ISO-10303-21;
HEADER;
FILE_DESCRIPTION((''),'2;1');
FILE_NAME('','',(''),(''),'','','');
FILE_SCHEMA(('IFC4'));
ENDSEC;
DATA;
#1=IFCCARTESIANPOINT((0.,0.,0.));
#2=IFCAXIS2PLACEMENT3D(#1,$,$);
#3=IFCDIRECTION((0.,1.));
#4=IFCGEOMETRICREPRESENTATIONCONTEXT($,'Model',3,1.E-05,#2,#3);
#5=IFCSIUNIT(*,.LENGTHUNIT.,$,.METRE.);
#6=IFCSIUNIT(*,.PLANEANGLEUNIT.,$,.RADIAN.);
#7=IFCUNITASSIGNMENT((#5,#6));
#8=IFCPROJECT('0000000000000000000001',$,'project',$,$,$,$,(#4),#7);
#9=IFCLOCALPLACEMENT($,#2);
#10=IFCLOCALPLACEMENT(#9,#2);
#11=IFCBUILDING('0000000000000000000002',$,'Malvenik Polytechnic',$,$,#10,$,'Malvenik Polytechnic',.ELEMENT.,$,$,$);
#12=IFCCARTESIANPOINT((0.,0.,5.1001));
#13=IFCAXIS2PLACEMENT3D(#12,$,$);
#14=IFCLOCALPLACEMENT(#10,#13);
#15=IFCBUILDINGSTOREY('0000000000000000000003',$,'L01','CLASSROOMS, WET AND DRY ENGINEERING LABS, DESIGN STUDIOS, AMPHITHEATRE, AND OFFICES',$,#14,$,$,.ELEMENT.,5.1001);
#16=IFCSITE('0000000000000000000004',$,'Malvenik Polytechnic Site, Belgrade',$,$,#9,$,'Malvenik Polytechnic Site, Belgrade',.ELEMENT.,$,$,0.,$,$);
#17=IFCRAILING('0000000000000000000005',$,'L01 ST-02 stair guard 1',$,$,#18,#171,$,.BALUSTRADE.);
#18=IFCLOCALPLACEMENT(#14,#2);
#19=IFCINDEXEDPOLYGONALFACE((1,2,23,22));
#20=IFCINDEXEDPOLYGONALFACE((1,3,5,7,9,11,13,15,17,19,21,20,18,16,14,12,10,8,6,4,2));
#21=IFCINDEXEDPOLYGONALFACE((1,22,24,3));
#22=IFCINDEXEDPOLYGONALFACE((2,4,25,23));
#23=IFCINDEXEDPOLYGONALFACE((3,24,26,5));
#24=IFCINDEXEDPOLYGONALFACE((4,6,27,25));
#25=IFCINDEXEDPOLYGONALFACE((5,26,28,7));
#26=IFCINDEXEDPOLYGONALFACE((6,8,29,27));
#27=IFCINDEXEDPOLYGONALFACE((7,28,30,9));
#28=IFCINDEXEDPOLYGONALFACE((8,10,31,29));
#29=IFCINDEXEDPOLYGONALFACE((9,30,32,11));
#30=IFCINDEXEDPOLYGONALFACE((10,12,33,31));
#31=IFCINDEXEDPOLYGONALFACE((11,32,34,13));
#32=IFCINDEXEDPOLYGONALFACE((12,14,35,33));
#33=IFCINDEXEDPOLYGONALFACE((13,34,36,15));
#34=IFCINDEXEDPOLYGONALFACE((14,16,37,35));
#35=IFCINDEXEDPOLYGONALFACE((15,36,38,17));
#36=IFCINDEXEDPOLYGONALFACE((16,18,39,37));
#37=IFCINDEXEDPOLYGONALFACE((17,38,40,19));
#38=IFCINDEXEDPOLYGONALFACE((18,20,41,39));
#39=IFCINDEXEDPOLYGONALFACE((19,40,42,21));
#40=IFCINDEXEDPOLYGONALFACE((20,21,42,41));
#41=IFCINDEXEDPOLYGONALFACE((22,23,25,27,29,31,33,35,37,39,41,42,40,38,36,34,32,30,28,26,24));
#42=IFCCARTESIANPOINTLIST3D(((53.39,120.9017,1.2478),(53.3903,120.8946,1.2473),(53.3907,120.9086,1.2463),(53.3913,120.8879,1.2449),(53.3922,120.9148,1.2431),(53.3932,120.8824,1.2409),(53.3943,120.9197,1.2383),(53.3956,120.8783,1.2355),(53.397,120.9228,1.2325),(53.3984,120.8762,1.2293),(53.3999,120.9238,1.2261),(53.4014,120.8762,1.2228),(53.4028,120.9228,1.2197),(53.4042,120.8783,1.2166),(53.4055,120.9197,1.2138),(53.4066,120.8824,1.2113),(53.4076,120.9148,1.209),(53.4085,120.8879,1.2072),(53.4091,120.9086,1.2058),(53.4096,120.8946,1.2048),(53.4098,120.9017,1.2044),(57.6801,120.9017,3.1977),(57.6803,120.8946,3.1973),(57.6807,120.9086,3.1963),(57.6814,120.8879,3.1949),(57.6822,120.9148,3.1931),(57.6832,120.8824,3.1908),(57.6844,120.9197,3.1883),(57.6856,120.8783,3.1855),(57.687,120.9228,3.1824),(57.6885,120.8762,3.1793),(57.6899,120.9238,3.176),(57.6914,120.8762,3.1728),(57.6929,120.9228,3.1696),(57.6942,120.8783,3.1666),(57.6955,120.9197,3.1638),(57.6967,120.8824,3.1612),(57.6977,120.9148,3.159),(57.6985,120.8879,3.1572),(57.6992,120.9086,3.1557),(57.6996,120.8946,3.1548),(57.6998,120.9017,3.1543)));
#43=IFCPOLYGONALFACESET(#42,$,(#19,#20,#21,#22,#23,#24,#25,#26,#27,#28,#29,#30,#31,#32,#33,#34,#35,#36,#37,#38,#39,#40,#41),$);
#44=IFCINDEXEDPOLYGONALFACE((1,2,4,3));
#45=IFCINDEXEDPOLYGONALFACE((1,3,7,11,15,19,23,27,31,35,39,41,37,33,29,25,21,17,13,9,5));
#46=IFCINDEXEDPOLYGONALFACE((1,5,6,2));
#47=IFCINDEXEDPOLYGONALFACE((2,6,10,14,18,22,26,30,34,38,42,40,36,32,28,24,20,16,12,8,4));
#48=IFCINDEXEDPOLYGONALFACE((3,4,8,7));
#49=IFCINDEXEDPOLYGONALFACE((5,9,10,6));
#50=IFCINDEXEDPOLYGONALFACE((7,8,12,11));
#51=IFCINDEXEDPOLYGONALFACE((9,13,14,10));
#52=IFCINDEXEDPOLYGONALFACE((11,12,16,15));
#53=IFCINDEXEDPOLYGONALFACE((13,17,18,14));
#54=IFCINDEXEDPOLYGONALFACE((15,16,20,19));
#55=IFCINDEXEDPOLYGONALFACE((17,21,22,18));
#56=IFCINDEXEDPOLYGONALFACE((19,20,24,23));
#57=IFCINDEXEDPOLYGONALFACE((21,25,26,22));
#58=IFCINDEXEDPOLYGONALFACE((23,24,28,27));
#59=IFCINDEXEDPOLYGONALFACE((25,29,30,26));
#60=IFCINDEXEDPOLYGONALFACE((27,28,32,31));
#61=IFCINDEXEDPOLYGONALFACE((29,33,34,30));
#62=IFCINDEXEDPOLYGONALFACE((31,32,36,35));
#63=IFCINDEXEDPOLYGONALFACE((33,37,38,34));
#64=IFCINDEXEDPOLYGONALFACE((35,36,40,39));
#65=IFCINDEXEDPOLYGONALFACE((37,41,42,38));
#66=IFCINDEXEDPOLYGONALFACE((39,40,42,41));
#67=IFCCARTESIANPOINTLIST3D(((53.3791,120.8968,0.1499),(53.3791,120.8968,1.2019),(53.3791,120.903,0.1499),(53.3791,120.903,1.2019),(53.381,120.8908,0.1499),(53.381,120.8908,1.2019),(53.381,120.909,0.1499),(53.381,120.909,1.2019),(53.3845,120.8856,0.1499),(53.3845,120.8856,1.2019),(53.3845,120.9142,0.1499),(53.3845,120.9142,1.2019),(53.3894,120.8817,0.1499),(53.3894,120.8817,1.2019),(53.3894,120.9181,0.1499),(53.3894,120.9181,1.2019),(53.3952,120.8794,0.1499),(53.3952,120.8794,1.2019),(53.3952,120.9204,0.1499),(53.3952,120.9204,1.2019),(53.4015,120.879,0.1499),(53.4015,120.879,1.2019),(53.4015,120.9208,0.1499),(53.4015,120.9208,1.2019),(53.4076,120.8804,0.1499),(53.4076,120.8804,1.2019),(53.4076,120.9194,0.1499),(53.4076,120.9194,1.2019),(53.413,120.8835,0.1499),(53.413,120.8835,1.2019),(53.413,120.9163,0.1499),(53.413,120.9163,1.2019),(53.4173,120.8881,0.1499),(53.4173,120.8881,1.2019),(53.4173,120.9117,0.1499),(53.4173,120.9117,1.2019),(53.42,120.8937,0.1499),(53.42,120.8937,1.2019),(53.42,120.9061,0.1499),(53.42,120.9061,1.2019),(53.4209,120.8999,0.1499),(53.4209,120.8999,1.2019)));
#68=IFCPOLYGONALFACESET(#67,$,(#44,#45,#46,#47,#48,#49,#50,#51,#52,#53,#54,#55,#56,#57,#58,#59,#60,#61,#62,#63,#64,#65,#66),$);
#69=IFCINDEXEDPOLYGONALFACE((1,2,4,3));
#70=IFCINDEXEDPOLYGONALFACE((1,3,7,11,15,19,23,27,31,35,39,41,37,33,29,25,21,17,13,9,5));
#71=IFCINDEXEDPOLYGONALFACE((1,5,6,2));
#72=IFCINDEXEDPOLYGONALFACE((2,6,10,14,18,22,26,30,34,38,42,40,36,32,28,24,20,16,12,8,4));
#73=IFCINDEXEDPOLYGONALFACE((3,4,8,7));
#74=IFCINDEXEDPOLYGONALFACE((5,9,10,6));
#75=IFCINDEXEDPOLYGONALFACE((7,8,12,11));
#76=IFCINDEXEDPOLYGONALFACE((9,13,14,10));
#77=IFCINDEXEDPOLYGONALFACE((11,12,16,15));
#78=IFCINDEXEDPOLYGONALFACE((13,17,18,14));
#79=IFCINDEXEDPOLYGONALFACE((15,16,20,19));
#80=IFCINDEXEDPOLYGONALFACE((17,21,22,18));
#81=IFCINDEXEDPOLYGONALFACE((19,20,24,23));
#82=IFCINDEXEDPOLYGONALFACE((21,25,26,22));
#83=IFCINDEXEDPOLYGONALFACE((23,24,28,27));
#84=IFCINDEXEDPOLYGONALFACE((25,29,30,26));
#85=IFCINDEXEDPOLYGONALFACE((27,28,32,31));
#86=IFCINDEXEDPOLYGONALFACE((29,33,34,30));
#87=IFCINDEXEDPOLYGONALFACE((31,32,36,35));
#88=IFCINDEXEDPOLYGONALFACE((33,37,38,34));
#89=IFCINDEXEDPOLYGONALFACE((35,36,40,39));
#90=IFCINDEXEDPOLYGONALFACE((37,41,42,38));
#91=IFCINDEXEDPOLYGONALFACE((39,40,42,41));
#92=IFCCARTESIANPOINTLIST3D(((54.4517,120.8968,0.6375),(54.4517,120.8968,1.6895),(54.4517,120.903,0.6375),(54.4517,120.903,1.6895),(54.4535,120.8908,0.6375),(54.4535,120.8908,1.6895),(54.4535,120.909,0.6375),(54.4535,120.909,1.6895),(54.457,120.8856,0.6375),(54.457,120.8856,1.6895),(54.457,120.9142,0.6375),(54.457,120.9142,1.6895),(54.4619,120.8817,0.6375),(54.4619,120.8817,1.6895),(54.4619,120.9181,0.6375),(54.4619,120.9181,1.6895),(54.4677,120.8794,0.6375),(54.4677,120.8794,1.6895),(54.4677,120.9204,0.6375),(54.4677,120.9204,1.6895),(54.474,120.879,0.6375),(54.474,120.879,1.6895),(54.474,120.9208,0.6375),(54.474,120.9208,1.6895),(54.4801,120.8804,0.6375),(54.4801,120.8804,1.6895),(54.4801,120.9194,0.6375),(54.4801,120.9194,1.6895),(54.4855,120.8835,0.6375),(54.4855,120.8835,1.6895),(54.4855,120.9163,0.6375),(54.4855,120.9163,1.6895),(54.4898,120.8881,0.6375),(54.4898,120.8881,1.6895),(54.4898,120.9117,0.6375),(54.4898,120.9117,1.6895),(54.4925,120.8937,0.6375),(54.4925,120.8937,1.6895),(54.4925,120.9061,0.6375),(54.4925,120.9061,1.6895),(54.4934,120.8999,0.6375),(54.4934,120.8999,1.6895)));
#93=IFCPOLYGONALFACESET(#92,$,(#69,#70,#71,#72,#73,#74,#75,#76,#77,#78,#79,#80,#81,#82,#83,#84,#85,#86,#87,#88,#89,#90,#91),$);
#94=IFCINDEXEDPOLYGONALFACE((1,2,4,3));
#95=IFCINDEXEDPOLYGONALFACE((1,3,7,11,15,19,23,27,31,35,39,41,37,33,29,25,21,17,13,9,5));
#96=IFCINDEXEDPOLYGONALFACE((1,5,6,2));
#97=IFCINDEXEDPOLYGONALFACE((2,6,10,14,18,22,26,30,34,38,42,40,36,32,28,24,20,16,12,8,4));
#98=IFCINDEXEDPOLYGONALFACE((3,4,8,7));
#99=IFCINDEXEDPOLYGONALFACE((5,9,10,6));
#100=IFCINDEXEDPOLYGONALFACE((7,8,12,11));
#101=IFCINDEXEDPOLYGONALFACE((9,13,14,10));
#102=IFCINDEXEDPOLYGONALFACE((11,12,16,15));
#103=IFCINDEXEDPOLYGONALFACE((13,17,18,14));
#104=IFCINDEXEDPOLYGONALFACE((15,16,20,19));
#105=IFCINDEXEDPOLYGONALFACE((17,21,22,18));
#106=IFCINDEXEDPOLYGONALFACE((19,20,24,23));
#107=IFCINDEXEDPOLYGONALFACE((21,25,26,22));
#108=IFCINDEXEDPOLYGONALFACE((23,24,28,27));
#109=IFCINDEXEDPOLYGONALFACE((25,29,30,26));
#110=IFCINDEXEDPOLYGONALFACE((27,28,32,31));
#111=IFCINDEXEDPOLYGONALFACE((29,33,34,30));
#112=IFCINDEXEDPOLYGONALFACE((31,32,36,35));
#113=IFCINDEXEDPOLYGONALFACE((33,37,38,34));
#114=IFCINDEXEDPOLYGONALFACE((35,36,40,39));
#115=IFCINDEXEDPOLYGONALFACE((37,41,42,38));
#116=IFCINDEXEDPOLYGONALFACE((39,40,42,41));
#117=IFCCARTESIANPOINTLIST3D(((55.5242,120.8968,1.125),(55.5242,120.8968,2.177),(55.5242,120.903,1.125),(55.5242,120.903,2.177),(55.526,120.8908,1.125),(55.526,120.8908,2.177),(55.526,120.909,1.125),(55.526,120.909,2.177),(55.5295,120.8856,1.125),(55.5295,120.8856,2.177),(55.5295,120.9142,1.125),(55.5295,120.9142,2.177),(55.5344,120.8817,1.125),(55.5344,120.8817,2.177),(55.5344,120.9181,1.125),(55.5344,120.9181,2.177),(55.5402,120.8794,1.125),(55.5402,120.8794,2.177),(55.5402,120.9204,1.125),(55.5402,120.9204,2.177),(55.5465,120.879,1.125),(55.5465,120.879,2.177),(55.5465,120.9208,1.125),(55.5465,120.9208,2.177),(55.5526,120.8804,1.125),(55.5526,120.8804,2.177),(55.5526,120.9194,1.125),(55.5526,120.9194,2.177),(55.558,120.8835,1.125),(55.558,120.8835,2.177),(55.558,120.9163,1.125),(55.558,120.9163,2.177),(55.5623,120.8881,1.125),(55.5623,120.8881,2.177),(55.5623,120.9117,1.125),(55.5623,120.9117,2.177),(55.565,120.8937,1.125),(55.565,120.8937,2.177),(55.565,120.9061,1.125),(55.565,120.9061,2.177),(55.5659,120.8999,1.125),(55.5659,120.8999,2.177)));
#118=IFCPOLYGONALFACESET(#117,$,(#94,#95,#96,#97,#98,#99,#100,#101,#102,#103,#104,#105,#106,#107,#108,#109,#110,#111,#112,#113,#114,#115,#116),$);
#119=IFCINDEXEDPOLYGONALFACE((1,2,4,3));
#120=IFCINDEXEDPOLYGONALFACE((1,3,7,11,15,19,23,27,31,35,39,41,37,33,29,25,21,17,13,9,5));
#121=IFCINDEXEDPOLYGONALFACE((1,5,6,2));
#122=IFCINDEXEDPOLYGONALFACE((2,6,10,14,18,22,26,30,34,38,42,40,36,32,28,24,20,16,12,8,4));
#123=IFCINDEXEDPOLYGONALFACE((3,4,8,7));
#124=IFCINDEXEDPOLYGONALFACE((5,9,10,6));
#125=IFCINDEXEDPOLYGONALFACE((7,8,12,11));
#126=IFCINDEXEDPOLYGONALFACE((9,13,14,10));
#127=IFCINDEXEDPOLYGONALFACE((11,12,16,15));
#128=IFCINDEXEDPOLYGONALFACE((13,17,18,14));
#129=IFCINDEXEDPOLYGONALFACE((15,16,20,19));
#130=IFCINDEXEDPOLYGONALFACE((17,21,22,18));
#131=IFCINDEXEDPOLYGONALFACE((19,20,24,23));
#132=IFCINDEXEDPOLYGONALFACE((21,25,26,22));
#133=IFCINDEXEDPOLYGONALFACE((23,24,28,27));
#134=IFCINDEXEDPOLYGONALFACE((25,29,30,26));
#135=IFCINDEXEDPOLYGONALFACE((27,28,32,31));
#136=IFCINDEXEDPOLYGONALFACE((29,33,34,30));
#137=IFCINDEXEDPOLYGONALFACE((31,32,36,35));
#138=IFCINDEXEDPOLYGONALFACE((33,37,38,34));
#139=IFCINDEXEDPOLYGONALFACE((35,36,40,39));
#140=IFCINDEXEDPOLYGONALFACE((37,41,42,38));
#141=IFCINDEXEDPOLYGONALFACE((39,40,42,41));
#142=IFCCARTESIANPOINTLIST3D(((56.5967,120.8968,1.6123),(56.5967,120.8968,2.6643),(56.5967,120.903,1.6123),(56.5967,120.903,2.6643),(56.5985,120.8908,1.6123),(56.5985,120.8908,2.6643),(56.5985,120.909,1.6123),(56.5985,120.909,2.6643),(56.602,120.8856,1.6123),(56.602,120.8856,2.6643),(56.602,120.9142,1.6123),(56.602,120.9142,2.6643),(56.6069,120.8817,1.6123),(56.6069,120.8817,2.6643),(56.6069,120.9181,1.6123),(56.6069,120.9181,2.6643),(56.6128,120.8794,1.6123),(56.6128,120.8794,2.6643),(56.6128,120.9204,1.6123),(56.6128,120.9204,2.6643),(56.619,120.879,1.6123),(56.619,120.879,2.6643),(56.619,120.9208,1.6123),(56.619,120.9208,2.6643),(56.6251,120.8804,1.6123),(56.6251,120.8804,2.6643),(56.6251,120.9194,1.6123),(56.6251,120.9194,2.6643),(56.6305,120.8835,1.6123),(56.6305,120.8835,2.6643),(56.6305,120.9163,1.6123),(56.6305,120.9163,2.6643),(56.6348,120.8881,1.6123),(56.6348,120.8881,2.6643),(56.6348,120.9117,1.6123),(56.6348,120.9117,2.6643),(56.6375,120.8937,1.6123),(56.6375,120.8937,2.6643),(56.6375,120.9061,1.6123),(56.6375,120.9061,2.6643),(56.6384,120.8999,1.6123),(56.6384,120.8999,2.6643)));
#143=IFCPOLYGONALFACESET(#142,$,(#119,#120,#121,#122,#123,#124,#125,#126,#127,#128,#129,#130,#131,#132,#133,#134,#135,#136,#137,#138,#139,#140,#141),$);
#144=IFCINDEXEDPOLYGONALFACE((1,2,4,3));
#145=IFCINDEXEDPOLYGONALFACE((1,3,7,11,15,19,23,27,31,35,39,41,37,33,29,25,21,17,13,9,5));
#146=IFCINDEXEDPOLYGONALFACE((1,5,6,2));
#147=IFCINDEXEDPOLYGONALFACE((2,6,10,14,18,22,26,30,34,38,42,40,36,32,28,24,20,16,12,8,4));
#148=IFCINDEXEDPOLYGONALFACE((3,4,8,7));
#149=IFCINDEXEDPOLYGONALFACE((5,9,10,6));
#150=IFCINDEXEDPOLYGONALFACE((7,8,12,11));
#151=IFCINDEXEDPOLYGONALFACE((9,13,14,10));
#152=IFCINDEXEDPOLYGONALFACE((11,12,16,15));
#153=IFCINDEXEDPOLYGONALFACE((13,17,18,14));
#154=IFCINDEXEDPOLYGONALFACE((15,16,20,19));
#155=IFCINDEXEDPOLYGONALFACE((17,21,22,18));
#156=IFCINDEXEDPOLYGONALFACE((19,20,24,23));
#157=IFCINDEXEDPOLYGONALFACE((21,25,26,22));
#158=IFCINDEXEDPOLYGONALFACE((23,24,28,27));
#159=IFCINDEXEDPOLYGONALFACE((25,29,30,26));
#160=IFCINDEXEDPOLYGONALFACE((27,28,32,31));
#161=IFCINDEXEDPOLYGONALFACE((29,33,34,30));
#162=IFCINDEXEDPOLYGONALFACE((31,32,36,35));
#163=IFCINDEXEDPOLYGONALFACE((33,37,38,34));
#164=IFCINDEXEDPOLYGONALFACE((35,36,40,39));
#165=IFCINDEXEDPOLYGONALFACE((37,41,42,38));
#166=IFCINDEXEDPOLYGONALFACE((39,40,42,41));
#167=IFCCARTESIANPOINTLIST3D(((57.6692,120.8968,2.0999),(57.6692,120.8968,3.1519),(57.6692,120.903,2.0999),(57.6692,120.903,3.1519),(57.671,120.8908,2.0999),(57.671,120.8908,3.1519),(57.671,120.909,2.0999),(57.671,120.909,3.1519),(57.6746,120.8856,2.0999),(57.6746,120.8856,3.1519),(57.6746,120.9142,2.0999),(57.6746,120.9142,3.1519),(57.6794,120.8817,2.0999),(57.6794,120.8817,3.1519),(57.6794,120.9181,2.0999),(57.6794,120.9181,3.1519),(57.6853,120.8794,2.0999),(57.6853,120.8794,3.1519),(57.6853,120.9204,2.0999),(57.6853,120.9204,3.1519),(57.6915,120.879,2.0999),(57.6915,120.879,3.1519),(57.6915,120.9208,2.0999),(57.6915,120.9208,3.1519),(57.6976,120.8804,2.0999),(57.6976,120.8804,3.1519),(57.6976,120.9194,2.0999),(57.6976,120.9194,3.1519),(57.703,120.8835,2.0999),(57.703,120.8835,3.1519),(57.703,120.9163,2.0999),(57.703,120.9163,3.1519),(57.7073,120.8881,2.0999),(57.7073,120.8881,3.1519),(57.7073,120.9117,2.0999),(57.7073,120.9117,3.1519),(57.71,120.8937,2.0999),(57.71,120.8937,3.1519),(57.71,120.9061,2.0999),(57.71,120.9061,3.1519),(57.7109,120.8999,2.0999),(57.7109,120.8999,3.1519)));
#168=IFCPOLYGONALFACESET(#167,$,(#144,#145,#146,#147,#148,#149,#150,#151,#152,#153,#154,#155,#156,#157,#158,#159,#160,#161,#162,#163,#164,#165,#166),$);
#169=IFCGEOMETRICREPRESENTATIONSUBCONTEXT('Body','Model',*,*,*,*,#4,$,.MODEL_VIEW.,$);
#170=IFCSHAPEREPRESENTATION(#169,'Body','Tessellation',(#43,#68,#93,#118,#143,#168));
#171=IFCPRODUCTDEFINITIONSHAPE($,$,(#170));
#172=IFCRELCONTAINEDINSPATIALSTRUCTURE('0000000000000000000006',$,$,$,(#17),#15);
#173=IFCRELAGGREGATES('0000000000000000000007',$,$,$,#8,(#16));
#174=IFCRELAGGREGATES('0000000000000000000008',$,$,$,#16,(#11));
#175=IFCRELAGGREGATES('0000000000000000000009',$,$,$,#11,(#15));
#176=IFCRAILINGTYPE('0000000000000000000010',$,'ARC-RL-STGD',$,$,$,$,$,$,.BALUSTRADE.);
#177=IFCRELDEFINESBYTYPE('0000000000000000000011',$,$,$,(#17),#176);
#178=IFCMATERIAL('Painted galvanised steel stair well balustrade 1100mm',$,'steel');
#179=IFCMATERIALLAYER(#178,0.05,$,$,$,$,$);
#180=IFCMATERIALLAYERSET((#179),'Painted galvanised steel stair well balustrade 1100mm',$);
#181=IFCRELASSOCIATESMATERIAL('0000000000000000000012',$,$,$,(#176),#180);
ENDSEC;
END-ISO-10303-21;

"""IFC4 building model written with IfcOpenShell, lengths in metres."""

from ifc_helpers import new_model, si_unit, direction, frame, origin, origin_2d, place, context, subcontext, project, spatial, circle, extrude, material, layer, layer_set, type_object, element, save


model = new_model("IFC4")

# Units and contexts
model_context = context("Model", 3, precision=1e-05, world=origin(), true_north=direction((0.0, 1.0)))
body_context = subcontext(model_context, "Body", "Model", "MODEL_VIEW")
ifc_project = project(units=[si_unit("LENGTHUNIT", "METRE"), si_unit("PLANEANGLEUNIT", "RADIAN")], contexts=[model_context])

# Site, building, storey
site_placement = place(None, origin())
site = spatial("IfcSite", under=ifc_project, at=site_placement, Name="Malvenik Polytechnic Site, Belgrade", LongName="Malvenik Polytechnic Site, Belgrade", CompositionType="ELEMENT", RefElevation=0.0)
building_placement = place(site_placement, origin())
building = spatial("IfcBuilding", under=site, at=building_placement, Name="Malvenik Polytechnic", LongName="Malvenik Polytechnic", CompositionType="ELEMENT")
storey_placement = place(building_placement, frame((0.0, 0.0, 5.1001)))
storey = spatial("IfcBuildingStorey", under=building, at=storey_placement, Name="L01", Description="CLASSROOMS, WET AND DRY ENGINEERING LABS, DESIGN STUDIOS, AMPHITHEATRE, AND OFFICES", CompositionType="ELEMENT", Elevation=5.1001)

# Railing
ifc_material_1 = material(Name="Painted galvanised steel stair well balustrade 1100mm", Category="steel")
ifc_layer_1 = layer(ifc_material_1, 0.05)
ifc_layer_set_1 = layer_set([ifc_layer_1], Name="Painted galvanised steel stair well balustrade 1100mm")
railing_type_1 = type_object("IfcRailingType", Name="ARC-RL-STGD", PredefinedType="BALUSTRADE", material=ifc_layer_set_1)
railing_1_placement = place(storey_placement, frame((53.3999, 120.8999, 0.1499)))
element("IfcRailing", 1, at=railing_1_placement, inside=storey, type_object=railing_type_1, Name="L01 ST-02 stair guard 1", PredefinedType="BALUSTRADE", context=body_context, shape_type="SweptSolid", body=[
    extrude(circle(Radius=0.0239, at=origin_2d()), frame((0.0, 0.0, 1.0762), z_axis=(0.910372, 0.0, 0.413791), x_axis=(0.0, 1.0, 0.0)), (0.0, 0.0, 1.0), 4.7124),
    extrude(circle(Radius=0.021, at=origin_2d()), origin(), (0.0, 0.0, 1.0), 1.052),
    extrude(circle(Radius=0.021, at=origin_2d()), frame((1.0725, 0.0, 0.4875)), (0.0, 0.0, 1.0), 1.052),
    extrude(circle(Radius=0.021, at=origin_2d()), frame((2.145, 0.0, 0.9751)), (0.0, 0.0, 1.0), 1.052),
    extrude(circle(Radius=0.021, at=origin_2d()), frame((3.2175, 0.0, 1.4624)), (0.0, 0.0, 1.0), 1.052),
    extrude(circle(Radius=0.021, at=origin_2d()), frame((4.29, 0.0, 1.95)), (0.0, 0.0, 1.0), 1.052),
])

save(model, "model.ifc")
